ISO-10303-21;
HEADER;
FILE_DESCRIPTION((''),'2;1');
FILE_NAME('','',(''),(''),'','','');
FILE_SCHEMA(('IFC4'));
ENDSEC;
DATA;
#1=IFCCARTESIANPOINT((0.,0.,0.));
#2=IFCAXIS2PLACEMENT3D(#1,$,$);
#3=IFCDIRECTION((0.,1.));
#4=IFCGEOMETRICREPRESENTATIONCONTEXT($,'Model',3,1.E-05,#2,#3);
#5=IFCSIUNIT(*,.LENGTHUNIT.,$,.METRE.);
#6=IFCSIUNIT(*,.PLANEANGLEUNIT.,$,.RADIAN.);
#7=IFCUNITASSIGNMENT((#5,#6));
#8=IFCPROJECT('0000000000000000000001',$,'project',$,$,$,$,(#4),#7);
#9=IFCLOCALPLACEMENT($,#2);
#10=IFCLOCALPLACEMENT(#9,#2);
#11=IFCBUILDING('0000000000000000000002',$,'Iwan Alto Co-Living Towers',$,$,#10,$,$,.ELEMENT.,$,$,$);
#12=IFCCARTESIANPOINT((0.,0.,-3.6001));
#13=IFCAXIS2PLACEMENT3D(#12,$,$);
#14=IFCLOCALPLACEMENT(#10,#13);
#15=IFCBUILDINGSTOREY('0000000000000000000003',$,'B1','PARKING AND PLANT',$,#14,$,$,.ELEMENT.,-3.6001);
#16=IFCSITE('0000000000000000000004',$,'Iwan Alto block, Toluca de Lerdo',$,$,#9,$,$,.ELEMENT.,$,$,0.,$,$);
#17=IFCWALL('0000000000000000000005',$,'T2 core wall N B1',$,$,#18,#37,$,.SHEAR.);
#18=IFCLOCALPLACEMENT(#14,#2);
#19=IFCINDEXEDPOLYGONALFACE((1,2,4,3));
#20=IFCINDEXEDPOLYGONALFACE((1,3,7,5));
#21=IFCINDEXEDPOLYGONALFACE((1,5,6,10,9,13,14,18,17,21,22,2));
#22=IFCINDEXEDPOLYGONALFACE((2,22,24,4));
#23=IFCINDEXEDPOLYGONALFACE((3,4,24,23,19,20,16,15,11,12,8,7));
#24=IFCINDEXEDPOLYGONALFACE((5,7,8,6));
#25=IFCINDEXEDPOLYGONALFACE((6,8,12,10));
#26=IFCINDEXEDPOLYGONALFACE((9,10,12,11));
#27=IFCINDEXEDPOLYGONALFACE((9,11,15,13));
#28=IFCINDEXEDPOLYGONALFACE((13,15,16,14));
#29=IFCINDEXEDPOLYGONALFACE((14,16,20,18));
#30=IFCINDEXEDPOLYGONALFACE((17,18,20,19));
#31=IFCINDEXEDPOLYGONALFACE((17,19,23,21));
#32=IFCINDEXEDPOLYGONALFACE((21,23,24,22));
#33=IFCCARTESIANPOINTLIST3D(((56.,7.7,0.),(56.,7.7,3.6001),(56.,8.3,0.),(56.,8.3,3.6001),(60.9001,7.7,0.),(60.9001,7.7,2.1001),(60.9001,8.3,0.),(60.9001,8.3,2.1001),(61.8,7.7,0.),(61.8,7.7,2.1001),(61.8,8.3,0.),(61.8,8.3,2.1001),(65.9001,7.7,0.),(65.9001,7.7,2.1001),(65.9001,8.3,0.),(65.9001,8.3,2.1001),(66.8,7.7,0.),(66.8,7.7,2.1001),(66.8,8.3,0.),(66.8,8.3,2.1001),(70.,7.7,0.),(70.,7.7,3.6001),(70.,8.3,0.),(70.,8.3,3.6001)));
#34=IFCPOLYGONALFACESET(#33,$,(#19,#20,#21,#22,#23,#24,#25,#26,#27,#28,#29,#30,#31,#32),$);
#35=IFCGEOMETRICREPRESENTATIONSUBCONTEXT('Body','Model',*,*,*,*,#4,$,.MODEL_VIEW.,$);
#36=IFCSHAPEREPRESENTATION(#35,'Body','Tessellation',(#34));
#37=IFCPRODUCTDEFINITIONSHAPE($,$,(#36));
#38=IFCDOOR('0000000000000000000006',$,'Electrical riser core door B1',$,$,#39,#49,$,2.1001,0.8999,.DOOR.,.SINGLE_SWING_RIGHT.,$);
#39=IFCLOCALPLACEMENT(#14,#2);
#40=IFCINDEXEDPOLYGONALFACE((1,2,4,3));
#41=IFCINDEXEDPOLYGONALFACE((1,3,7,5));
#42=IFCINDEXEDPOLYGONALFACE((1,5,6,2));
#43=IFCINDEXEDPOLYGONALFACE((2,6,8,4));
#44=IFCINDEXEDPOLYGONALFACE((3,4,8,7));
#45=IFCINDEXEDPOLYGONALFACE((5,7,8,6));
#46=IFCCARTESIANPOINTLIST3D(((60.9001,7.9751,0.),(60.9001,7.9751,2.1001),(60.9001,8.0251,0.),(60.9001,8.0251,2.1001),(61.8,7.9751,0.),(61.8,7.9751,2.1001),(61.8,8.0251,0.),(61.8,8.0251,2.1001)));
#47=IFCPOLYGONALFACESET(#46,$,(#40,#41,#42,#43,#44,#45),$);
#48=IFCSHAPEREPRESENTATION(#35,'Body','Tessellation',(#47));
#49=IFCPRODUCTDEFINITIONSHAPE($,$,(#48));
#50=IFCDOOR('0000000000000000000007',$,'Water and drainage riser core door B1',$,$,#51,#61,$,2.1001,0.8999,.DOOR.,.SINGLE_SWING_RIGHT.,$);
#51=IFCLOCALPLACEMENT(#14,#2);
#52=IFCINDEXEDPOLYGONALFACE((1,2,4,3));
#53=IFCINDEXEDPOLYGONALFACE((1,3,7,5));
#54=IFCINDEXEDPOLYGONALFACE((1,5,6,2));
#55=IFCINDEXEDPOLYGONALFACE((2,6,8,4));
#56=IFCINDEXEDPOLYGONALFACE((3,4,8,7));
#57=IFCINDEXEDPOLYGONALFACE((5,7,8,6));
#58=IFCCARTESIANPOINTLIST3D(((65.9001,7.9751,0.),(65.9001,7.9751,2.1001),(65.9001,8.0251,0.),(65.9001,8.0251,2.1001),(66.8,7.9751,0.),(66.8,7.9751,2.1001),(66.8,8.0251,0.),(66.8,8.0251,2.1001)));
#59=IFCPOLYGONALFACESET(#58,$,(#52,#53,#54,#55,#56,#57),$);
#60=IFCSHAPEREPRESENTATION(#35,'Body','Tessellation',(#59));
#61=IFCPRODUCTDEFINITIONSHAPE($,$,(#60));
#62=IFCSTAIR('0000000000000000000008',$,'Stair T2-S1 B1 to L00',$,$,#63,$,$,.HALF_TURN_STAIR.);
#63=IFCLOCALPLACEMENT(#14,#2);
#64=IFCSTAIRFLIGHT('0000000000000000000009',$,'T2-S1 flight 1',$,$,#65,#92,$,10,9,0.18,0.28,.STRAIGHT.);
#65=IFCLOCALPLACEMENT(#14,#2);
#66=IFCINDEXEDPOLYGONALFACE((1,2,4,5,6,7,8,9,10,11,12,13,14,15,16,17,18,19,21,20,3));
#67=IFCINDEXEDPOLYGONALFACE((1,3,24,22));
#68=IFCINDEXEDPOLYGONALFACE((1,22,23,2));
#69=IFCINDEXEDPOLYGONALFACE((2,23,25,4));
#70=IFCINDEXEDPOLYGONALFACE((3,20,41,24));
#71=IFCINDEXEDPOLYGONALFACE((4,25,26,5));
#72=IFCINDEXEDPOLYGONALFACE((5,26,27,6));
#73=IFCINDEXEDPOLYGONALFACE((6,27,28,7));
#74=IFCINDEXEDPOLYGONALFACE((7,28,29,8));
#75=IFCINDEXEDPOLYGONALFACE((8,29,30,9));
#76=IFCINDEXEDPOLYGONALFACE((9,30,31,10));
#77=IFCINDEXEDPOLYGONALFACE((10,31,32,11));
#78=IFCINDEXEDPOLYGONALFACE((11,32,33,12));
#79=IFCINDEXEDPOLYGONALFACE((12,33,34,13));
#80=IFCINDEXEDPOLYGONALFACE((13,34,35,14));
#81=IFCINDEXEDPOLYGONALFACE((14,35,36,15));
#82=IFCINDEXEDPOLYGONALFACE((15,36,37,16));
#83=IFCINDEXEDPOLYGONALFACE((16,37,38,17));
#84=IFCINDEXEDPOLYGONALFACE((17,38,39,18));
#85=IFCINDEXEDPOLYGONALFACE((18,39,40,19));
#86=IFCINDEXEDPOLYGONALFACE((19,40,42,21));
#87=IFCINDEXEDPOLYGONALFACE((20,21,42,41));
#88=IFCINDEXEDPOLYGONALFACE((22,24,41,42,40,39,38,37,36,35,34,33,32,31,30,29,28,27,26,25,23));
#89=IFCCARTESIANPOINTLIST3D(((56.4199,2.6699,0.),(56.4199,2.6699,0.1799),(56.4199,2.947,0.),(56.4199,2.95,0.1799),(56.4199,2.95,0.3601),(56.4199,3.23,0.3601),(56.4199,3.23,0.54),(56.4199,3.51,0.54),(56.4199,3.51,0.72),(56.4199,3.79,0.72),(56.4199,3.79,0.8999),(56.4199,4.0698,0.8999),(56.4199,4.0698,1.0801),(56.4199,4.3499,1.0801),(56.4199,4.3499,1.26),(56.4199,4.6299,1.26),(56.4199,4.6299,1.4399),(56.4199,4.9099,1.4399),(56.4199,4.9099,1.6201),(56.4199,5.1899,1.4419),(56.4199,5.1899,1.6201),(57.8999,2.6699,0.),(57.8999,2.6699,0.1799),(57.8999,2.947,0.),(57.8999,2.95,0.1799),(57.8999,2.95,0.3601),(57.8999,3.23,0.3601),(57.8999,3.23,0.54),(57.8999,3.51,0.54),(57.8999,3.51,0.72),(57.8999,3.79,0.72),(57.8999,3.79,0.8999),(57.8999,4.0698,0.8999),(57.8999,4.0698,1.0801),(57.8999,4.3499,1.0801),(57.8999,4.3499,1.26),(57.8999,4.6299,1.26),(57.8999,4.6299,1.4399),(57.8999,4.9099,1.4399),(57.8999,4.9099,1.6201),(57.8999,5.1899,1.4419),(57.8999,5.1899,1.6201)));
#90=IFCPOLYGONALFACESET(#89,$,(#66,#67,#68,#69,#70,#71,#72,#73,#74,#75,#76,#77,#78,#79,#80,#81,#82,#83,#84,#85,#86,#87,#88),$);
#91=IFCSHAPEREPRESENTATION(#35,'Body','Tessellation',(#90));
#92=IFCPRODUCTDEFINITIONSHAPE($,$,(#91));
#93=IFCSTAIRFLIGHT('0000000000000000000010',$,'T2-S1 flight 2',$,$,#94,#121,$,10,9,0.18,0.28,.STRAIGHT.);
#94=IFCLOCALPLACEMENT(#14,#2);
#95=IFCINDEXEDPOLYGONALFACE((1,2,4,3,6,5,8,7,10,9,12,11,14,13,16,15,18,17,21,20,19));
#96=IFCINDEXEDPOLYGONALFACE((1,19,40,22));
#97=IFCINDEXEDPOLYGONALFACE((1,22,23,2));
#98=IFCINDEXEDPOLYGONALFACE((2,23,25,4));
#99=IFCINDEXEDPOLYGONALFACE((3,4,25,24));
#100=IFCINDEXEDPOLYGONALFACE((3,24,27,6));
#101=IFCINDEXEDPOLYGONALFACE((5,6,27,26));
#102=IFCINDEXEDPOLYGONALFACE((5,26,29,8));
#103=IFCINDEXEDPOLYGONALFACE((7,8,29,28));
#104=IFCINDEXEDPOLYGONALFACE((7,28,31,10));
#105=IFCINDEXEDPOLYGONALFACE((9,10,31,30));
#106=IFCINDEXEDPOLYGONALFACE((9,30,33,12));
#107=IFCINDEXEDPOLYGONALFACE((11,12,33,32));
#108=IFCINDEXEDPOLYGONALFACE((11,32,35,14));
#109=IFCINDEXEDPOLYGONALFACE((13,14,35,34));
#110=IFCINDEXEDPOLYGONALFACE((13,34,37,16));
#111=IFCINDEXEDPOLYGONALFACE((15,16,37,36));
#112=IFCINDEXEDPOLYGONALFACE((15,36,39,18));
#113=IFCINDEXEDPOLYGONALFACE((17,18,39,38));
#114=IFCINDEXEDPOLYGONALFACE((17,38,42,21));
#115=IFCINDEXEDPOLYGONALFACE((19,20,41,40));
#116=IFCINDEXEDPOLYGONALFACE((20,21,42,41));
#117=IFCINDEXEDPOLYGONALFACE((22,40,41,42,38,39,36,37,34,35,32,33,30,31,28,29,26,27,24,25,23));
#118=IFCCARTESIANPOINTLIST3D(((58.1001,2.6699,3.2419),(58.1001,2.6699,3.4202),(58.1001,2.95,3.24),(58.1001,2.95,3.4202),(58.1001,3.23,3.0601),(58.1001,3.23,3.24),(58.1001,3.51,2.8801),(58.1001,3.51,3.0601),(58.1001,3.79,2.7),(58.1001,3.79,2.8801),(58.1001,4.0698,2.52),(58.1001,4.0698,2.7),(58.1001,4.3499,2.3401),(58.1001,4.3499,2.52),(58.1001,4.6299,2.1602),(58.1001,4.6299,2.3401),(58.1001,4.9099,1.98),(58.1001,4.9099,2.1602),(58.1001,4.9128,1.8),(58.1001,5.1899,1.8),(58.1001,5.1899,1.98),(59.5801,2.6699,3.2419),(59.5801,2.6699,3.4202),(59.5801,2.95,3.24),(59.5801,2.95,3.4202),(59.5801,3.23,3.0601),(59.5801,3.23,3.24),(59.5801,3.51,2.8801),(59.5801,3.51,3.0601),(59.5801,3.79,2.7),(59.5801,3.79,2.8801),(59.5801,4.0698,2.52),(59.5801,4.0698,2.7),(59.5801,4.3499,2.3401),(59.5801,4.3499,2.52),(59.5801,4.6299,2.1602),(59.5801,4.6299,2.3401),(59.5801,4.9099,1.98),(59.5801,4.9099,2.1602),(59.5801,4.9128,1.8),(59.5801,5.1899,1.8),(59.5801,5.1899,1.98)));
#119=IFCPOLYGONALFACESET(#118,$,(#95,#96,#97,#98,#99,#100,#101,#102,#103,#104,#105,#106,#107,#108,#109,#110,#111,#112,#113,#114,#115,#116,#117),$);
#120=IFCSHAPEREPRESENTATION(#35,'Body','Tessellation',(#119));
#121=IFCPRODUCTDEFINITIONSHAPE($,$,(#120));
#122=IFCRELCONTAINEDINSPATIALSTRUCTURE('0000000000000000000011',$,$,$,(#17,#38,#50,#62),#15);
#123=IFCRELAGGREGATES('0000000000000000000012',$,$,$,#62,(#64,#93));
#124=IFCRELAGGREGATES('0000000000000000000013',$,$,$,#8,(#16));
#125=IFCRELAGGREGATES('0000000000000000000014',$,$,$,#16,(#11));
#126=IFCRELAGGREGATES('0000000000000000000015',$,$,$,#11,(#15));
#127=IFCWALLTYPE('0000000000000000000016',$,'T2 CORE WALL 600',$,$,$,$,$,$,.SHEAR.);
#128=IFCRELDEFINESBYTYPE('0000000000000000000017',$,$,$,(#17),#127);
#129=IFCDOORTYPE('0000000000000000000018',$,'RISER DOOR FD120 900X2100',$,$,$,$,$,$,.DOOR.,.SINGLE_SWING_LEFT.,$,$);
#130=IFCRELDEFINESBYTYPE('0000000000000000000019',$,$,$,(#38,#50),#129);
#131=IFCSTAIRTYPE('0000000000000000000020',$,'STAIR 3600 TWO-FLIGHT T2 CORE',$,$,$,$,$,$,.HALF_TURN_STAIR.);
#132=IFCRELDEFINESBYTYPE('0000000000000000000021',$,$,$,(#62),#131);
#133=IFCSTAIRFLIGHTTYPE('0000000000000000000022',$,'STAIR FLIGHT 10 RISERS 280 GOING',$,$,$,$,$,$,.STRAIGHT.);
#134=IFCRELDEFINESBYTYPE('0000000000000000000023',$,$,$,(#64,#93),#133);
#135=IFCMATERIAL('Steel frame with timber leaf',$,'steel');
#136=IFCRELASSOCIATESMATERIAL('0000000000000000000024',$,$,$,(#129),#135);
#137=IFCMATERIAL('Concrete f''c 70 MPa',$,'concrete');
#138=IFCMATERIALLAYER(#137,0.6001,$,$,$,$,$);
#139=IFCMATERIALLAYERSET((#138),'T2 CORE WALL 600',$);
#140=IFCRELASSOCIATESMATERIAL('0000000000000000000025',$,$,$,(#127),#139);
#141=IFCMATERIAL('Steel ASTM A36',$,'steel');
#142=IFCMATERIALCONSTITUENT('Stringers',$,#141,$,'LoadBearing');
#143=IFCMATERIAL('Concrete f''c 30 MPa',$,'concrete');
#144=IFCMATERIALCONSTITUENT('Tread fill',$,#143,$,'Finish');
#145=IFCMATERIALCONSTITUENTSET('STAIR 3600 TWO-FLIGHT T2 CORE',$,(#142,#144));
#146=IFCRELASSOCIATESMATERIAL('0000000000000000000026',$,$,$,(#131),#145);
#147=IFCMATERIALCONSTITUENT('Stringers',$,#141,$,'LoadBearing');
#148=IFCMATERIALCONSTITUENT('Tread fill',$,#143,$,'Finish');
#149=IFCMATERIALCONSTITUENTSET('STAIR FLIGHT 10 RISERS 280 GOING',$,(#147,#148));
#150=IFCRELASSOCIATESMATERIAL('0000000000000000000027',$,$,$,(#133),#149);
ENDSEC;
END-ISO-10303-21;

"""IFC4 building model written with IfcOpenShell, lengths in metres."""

from ifc_helpers import new_model, si_unit, direction, frame, frame_2d, origin, place, context, subcontext, project, spatial, polyline, rectangle, outline, extrude, material, layer, layer_set, constituent, constituent_set, type_object, element, fill, aggregate, save


model = new_model("IFC4")

# Units and contexts
model_context = context("Model", 3, precision=1e-05, world=origin(), true_north=direction((0.0, 1.0)))
body_context = subcontext(model_context, "Body", "Model", "MODEL_VIEW")
ifc_project = project(units=[si_unit("LENGTHUNIT", "METRE"), si_unit("PLANEANGLEUNIT", "RADIAN")], contexts=[model_context])

# Site, building, storey
site_placement = place(None, origin())
site = spatial("IfcSite", under=ifc_project, at=site_placement, Name="Iwan Alto block, Toluca de Lerdo", CompositionType="ELEMENT", RefElevation=0.0)
building_placement = place(site_placement, origin())
building = spatial("IfcBuilding", under=site, at=building_placement, Name="Iwan Alto Co-Living Towers", CompositionType="ELEMENT")
storey_placement = place(building_placement, frame((0.0, 0.0, -3.6001)))
storey = spatial("IfcBuildingStorey", under=building, at=storey_placement, Name="B1", Description="PARKING AND PLANT", CompositionType="ELEMENT", Elevation=-3.6001)

# Shared definitions
ifc_material_1 = material(Name="Steel frame with timber leaf", Category="steel")
door_type_1 = type_object("IfcDoorType", Name="RISER DOOR FD120 900X2100", OperationType="SINGLE_SWING_LEFT", PredefinedType="DOOR", material=ifc_material_1)

# Wall, openings, doors
ifc_material_2 = material(Name="Concrete f'c 70 MPa", Category="concrete")
ifc_layer_1 = layer(ifc_material_2, 0.6001)
ifc_layer_set_1 = layer_set([ifc_layer_1], Name="T2 CORE WALL 600")
wall_type_1 = type_object("IfcWallType", Name="T2 CORE WALL 600", PredefinedType="SHEAR", material=ifc_layer_set_1)
wall_1_placement = place(storey_placement, frame((70.0, 8.0, 0.0), z_axis=(0.0, 0.0, 1.0), x_axis=(-1.0, 0.0, 0.0)))
wall_1 = element("IfcWall", 1, at=wall_1_placement, inside=storey, type_object=wall_type_1, Name="T2 core wall N B1", PredefinedType="SHEAR", context=body_context, shape_type="SweptSolid", body=[
    extrude(rectangle(XDim=14.0, YDim=0.6001, at=frame_2d((7.0, 0.0))), origin(), (0.0, 0.0, 1.0), 3.6001),
])
opening_1_placement = place(wall_1_placement, frame((8.2, 0.0, 0.0)))
opening_1 = element("IfcOpeningElement", 2, at=opening_1_placement, cuts=wall_1, PredefinedType="OPENING", context=body_context, shape_type="SweptSolid", body=[
    extrude(rectangle(XDim=0.8999, YDim=2.1001, at=frame_2d((0.45, 1.05))), frame((0.0, 0.3101, 0.0), z_axis=(0.0, -1.0, 0.0), x_axis=(1.0, 0.0, 0.0)), (0.0, 0.0, 1.0), 0.6201),
])
opening_2_placement = place(wall_1_placement, frame((3.2, 0.0, 0.0)))
opening_2 = element("IfcOpeningElement", 3, at=opening_2_placement, cuts=wall_1, PredefinedType="OPENING", context=body_context, shape_type="SweptSolid", body=[
    extrude(rectangle(XDim=0.8999, YDim=2.1001, at=frame_2d((0.45, 1.05))), frame((0.0, 0.3101, 0.0), z_axis=(0.0, -1.0, 0.0), x_axis=(1.0, 0.0, 0.0)), (0.0, 0.0, 1.0), 0.6201),
])
door_1_placement = place(opening_1_placement, origin())
door_1 = element("IfcDoor", 4, at=door_1_placement, inside=storey, type_object=door_type_1, Name="Electrical riser core door B1", OperationType="SINGLE_SWING_RIGHT", OverallHeight=2.1001, OverallWidth=0.8999, PredefinedType="DOOR", context=body_context, shape_type="SweptSolid", body=[
    extrude(rectangle(XDim=0.8999, YDim=2.1001, at=frame_2d((0.45, 1.05))), frame((0.0, 0.0249, 0.0), z_axis=(0.0, -1.0, 0.0), x_axis=(1.0, 0.0, 0.0)), (0.0, 0.0, 1.0), 0.05),
])
fill(opening_1, door_1)
door_2_placement = place(opening_2_placement, origin())
door_2 = element("IfcDoor", 5, at=door_2_placement, inside=storey, type_object=door_type_1, Name="Water and drainage riser core door B1", OperationType="SINGLE_SWING_RIGHT", OverallHeight=2.1001, OverallWidth=0.8999, PredefinedType="DOOR", context=body_context, shape_type="SweptSolid", body=[
    extrude(rectangle(XDim=0.8999, YDim=2.1001, at=frame_2d((0.45, 1.05))), frame((0.0, 0.0249, 0.0), z_axis=(0.0, -1.0, 0.0), x_axis=(1.0, 0.0, 0.0)), (0.0, 0.0, 1.0), 0.05),
])
fill(opening_2, door_2)

# Stair, stair flights
ifc_material_3 = material(Name="Steel ASTM A36", Category="steel")
ifc_constituent_1 = constituent(ifc_material_3, Name="Stringers", Category="LoadBearing")
ifc_material_4 = material(Name="Concrete f'c 30 MPa", Category="concrete")
ifc_constituent_2 = constituent(ifc_material_4, Name="Tread fill", Category="Finish")
ifc_constituent_set_1 = constituent_set(constituents=[ifc_constituent_1, ifc_constituent_2], Name="STAIR 3600 TWO-FLIGHT T2 CORE")
stair_type = type_object("IfcStairType", Name="STAIR 3600 TWO-FLIGHT T2 CORE", PredefinedType="HALF_TURN_STAIR", material=ifc_constituent_set_1)
stair_placement = place(storey_placement, origin())
stair = element("IfcStair", 6, at=stair_placement, inside=storey, type_object=stair_type, Name="Stair T2-S1 B1 to L00", PredefinedType="HALF_TURN_STAIR")
ifc_constituent_3 = constituent(ifc_material_3, Name="Stringers", Category="LoadBearing")
ifc_constituent_4 = constituent(ifc_material_4, Name="Tread fill", Category="Finish")
ifc_constituent_set_2 = constituent_set(constituents=[ifc_constituent_3, ifc_constituent_4], Name="STAIR FLIGHT 10 RISERS 280 GOING")
stair_flight_type = type_object("IfcStairFlightType", Name="STAIR FLIGHT 10 RISERS 280 GOING", PredefinedType="STRAIGHT", material=ifc_constituent_set_2)
stair_flight_1_placement = place(storey_placement, frame((57.1599, 2.6699, 0.0), z_axis=(0.0, 0.0, 1.0), x_axis=(0.0, 1.0, 0.0)))
stair_flight_1 = element("IfcStairFlight", 7, at=stair_flight_1_placement, type_object=stair_flight_type, Name="T2-S1 flight 1", NumberOfRisers=10, NumberOfTreads=9, PredefinedType="STRAIGHT", RiserHeight=0.18, TreadLength=0.28, context=body_context, shape_type="SweptSolid", body=[
    extrude(outline(polyline([(0.0, 0.0), (0.0, 0.1799), (0.28, 0.1799), (0.28, 0.3601), (0.5601, 0.3601), (0.5601, 0.54), (0.8401, 0.54), (0.8401, 0.72), (1.1201, 0.72), (1.1201, 0.8999), (1.3999, 0.8999), (1.3999, 1.0801), (1.6799, 1.0801), (1.6799, 1.26), (1.96, 1.26), (1.96, 1.4399), (2.24, 1.4399), (2.24, 1.6201), (2.52, 1.6201), (2.52, 1.8), (2.52, 1.4419), (0.2771, 0.0), (0.0, 0.0)])), frame((0.0, 0.74, 0.0), z_axis=(0.0, -1.0, 0.0), x_axis=(1.0, 0.0, 0.0)), (0.0, 0.0, 1.0), 1.48),
])
stair_flight_2_placement = place(storey_placement, frame((58.8401, 5.1899, 1.8), z_axis=(0.0, 0.0, 1.0), x_axis=(0.0, -1.0, 0.0)))
stair_flight_2 = element("IfcStairFlight", 8, at=stair_flight_2_placement, type_object=stair_flight_type, Name="T2-S1 flight 2", NumberOfRisers=10, NumberOfTreads=9, PredefinedType="STRAIGHT", RiserHeight=0.18, TreadLength=0.28, context=body_context, shape_type="SweptSolid", body=[
    extrude(outline(polyline([(0.0, 0.0), (0.0, 0.1799), (0.28, 0.1799), (0.28, 0.3601), (0.5601, 0.3601), (0.5601, 0.54), (0.8401, 0.54), (0.8401, 0.72), (1.1201, 0.72), (1.1201, 0.8999), (1.3999, 0.8999), (1.3999, 1.0801), (1.6799, 1.0801), (1.6799, 1.26), (1.96, 1.26), (1.96, 1.4399), (2.24, 1.4399), (2.24, 1.6201), (2.52, 1.6201), (2.52, 1.8), (2.52, 1.4419), (0.2771, 0.0), (0.0, 0.0)])), frame((0.0, 0.74, 0.0), z_axis=(0.0, -1.0, 0.0), x_axis=(1.0, 0.0, 0.0)), (0.0, 0.0, 1.0), 1.48),
])
aggregate(stair, [stair_flight_1, stair_flight_2])

save(model, "model.ifc")
